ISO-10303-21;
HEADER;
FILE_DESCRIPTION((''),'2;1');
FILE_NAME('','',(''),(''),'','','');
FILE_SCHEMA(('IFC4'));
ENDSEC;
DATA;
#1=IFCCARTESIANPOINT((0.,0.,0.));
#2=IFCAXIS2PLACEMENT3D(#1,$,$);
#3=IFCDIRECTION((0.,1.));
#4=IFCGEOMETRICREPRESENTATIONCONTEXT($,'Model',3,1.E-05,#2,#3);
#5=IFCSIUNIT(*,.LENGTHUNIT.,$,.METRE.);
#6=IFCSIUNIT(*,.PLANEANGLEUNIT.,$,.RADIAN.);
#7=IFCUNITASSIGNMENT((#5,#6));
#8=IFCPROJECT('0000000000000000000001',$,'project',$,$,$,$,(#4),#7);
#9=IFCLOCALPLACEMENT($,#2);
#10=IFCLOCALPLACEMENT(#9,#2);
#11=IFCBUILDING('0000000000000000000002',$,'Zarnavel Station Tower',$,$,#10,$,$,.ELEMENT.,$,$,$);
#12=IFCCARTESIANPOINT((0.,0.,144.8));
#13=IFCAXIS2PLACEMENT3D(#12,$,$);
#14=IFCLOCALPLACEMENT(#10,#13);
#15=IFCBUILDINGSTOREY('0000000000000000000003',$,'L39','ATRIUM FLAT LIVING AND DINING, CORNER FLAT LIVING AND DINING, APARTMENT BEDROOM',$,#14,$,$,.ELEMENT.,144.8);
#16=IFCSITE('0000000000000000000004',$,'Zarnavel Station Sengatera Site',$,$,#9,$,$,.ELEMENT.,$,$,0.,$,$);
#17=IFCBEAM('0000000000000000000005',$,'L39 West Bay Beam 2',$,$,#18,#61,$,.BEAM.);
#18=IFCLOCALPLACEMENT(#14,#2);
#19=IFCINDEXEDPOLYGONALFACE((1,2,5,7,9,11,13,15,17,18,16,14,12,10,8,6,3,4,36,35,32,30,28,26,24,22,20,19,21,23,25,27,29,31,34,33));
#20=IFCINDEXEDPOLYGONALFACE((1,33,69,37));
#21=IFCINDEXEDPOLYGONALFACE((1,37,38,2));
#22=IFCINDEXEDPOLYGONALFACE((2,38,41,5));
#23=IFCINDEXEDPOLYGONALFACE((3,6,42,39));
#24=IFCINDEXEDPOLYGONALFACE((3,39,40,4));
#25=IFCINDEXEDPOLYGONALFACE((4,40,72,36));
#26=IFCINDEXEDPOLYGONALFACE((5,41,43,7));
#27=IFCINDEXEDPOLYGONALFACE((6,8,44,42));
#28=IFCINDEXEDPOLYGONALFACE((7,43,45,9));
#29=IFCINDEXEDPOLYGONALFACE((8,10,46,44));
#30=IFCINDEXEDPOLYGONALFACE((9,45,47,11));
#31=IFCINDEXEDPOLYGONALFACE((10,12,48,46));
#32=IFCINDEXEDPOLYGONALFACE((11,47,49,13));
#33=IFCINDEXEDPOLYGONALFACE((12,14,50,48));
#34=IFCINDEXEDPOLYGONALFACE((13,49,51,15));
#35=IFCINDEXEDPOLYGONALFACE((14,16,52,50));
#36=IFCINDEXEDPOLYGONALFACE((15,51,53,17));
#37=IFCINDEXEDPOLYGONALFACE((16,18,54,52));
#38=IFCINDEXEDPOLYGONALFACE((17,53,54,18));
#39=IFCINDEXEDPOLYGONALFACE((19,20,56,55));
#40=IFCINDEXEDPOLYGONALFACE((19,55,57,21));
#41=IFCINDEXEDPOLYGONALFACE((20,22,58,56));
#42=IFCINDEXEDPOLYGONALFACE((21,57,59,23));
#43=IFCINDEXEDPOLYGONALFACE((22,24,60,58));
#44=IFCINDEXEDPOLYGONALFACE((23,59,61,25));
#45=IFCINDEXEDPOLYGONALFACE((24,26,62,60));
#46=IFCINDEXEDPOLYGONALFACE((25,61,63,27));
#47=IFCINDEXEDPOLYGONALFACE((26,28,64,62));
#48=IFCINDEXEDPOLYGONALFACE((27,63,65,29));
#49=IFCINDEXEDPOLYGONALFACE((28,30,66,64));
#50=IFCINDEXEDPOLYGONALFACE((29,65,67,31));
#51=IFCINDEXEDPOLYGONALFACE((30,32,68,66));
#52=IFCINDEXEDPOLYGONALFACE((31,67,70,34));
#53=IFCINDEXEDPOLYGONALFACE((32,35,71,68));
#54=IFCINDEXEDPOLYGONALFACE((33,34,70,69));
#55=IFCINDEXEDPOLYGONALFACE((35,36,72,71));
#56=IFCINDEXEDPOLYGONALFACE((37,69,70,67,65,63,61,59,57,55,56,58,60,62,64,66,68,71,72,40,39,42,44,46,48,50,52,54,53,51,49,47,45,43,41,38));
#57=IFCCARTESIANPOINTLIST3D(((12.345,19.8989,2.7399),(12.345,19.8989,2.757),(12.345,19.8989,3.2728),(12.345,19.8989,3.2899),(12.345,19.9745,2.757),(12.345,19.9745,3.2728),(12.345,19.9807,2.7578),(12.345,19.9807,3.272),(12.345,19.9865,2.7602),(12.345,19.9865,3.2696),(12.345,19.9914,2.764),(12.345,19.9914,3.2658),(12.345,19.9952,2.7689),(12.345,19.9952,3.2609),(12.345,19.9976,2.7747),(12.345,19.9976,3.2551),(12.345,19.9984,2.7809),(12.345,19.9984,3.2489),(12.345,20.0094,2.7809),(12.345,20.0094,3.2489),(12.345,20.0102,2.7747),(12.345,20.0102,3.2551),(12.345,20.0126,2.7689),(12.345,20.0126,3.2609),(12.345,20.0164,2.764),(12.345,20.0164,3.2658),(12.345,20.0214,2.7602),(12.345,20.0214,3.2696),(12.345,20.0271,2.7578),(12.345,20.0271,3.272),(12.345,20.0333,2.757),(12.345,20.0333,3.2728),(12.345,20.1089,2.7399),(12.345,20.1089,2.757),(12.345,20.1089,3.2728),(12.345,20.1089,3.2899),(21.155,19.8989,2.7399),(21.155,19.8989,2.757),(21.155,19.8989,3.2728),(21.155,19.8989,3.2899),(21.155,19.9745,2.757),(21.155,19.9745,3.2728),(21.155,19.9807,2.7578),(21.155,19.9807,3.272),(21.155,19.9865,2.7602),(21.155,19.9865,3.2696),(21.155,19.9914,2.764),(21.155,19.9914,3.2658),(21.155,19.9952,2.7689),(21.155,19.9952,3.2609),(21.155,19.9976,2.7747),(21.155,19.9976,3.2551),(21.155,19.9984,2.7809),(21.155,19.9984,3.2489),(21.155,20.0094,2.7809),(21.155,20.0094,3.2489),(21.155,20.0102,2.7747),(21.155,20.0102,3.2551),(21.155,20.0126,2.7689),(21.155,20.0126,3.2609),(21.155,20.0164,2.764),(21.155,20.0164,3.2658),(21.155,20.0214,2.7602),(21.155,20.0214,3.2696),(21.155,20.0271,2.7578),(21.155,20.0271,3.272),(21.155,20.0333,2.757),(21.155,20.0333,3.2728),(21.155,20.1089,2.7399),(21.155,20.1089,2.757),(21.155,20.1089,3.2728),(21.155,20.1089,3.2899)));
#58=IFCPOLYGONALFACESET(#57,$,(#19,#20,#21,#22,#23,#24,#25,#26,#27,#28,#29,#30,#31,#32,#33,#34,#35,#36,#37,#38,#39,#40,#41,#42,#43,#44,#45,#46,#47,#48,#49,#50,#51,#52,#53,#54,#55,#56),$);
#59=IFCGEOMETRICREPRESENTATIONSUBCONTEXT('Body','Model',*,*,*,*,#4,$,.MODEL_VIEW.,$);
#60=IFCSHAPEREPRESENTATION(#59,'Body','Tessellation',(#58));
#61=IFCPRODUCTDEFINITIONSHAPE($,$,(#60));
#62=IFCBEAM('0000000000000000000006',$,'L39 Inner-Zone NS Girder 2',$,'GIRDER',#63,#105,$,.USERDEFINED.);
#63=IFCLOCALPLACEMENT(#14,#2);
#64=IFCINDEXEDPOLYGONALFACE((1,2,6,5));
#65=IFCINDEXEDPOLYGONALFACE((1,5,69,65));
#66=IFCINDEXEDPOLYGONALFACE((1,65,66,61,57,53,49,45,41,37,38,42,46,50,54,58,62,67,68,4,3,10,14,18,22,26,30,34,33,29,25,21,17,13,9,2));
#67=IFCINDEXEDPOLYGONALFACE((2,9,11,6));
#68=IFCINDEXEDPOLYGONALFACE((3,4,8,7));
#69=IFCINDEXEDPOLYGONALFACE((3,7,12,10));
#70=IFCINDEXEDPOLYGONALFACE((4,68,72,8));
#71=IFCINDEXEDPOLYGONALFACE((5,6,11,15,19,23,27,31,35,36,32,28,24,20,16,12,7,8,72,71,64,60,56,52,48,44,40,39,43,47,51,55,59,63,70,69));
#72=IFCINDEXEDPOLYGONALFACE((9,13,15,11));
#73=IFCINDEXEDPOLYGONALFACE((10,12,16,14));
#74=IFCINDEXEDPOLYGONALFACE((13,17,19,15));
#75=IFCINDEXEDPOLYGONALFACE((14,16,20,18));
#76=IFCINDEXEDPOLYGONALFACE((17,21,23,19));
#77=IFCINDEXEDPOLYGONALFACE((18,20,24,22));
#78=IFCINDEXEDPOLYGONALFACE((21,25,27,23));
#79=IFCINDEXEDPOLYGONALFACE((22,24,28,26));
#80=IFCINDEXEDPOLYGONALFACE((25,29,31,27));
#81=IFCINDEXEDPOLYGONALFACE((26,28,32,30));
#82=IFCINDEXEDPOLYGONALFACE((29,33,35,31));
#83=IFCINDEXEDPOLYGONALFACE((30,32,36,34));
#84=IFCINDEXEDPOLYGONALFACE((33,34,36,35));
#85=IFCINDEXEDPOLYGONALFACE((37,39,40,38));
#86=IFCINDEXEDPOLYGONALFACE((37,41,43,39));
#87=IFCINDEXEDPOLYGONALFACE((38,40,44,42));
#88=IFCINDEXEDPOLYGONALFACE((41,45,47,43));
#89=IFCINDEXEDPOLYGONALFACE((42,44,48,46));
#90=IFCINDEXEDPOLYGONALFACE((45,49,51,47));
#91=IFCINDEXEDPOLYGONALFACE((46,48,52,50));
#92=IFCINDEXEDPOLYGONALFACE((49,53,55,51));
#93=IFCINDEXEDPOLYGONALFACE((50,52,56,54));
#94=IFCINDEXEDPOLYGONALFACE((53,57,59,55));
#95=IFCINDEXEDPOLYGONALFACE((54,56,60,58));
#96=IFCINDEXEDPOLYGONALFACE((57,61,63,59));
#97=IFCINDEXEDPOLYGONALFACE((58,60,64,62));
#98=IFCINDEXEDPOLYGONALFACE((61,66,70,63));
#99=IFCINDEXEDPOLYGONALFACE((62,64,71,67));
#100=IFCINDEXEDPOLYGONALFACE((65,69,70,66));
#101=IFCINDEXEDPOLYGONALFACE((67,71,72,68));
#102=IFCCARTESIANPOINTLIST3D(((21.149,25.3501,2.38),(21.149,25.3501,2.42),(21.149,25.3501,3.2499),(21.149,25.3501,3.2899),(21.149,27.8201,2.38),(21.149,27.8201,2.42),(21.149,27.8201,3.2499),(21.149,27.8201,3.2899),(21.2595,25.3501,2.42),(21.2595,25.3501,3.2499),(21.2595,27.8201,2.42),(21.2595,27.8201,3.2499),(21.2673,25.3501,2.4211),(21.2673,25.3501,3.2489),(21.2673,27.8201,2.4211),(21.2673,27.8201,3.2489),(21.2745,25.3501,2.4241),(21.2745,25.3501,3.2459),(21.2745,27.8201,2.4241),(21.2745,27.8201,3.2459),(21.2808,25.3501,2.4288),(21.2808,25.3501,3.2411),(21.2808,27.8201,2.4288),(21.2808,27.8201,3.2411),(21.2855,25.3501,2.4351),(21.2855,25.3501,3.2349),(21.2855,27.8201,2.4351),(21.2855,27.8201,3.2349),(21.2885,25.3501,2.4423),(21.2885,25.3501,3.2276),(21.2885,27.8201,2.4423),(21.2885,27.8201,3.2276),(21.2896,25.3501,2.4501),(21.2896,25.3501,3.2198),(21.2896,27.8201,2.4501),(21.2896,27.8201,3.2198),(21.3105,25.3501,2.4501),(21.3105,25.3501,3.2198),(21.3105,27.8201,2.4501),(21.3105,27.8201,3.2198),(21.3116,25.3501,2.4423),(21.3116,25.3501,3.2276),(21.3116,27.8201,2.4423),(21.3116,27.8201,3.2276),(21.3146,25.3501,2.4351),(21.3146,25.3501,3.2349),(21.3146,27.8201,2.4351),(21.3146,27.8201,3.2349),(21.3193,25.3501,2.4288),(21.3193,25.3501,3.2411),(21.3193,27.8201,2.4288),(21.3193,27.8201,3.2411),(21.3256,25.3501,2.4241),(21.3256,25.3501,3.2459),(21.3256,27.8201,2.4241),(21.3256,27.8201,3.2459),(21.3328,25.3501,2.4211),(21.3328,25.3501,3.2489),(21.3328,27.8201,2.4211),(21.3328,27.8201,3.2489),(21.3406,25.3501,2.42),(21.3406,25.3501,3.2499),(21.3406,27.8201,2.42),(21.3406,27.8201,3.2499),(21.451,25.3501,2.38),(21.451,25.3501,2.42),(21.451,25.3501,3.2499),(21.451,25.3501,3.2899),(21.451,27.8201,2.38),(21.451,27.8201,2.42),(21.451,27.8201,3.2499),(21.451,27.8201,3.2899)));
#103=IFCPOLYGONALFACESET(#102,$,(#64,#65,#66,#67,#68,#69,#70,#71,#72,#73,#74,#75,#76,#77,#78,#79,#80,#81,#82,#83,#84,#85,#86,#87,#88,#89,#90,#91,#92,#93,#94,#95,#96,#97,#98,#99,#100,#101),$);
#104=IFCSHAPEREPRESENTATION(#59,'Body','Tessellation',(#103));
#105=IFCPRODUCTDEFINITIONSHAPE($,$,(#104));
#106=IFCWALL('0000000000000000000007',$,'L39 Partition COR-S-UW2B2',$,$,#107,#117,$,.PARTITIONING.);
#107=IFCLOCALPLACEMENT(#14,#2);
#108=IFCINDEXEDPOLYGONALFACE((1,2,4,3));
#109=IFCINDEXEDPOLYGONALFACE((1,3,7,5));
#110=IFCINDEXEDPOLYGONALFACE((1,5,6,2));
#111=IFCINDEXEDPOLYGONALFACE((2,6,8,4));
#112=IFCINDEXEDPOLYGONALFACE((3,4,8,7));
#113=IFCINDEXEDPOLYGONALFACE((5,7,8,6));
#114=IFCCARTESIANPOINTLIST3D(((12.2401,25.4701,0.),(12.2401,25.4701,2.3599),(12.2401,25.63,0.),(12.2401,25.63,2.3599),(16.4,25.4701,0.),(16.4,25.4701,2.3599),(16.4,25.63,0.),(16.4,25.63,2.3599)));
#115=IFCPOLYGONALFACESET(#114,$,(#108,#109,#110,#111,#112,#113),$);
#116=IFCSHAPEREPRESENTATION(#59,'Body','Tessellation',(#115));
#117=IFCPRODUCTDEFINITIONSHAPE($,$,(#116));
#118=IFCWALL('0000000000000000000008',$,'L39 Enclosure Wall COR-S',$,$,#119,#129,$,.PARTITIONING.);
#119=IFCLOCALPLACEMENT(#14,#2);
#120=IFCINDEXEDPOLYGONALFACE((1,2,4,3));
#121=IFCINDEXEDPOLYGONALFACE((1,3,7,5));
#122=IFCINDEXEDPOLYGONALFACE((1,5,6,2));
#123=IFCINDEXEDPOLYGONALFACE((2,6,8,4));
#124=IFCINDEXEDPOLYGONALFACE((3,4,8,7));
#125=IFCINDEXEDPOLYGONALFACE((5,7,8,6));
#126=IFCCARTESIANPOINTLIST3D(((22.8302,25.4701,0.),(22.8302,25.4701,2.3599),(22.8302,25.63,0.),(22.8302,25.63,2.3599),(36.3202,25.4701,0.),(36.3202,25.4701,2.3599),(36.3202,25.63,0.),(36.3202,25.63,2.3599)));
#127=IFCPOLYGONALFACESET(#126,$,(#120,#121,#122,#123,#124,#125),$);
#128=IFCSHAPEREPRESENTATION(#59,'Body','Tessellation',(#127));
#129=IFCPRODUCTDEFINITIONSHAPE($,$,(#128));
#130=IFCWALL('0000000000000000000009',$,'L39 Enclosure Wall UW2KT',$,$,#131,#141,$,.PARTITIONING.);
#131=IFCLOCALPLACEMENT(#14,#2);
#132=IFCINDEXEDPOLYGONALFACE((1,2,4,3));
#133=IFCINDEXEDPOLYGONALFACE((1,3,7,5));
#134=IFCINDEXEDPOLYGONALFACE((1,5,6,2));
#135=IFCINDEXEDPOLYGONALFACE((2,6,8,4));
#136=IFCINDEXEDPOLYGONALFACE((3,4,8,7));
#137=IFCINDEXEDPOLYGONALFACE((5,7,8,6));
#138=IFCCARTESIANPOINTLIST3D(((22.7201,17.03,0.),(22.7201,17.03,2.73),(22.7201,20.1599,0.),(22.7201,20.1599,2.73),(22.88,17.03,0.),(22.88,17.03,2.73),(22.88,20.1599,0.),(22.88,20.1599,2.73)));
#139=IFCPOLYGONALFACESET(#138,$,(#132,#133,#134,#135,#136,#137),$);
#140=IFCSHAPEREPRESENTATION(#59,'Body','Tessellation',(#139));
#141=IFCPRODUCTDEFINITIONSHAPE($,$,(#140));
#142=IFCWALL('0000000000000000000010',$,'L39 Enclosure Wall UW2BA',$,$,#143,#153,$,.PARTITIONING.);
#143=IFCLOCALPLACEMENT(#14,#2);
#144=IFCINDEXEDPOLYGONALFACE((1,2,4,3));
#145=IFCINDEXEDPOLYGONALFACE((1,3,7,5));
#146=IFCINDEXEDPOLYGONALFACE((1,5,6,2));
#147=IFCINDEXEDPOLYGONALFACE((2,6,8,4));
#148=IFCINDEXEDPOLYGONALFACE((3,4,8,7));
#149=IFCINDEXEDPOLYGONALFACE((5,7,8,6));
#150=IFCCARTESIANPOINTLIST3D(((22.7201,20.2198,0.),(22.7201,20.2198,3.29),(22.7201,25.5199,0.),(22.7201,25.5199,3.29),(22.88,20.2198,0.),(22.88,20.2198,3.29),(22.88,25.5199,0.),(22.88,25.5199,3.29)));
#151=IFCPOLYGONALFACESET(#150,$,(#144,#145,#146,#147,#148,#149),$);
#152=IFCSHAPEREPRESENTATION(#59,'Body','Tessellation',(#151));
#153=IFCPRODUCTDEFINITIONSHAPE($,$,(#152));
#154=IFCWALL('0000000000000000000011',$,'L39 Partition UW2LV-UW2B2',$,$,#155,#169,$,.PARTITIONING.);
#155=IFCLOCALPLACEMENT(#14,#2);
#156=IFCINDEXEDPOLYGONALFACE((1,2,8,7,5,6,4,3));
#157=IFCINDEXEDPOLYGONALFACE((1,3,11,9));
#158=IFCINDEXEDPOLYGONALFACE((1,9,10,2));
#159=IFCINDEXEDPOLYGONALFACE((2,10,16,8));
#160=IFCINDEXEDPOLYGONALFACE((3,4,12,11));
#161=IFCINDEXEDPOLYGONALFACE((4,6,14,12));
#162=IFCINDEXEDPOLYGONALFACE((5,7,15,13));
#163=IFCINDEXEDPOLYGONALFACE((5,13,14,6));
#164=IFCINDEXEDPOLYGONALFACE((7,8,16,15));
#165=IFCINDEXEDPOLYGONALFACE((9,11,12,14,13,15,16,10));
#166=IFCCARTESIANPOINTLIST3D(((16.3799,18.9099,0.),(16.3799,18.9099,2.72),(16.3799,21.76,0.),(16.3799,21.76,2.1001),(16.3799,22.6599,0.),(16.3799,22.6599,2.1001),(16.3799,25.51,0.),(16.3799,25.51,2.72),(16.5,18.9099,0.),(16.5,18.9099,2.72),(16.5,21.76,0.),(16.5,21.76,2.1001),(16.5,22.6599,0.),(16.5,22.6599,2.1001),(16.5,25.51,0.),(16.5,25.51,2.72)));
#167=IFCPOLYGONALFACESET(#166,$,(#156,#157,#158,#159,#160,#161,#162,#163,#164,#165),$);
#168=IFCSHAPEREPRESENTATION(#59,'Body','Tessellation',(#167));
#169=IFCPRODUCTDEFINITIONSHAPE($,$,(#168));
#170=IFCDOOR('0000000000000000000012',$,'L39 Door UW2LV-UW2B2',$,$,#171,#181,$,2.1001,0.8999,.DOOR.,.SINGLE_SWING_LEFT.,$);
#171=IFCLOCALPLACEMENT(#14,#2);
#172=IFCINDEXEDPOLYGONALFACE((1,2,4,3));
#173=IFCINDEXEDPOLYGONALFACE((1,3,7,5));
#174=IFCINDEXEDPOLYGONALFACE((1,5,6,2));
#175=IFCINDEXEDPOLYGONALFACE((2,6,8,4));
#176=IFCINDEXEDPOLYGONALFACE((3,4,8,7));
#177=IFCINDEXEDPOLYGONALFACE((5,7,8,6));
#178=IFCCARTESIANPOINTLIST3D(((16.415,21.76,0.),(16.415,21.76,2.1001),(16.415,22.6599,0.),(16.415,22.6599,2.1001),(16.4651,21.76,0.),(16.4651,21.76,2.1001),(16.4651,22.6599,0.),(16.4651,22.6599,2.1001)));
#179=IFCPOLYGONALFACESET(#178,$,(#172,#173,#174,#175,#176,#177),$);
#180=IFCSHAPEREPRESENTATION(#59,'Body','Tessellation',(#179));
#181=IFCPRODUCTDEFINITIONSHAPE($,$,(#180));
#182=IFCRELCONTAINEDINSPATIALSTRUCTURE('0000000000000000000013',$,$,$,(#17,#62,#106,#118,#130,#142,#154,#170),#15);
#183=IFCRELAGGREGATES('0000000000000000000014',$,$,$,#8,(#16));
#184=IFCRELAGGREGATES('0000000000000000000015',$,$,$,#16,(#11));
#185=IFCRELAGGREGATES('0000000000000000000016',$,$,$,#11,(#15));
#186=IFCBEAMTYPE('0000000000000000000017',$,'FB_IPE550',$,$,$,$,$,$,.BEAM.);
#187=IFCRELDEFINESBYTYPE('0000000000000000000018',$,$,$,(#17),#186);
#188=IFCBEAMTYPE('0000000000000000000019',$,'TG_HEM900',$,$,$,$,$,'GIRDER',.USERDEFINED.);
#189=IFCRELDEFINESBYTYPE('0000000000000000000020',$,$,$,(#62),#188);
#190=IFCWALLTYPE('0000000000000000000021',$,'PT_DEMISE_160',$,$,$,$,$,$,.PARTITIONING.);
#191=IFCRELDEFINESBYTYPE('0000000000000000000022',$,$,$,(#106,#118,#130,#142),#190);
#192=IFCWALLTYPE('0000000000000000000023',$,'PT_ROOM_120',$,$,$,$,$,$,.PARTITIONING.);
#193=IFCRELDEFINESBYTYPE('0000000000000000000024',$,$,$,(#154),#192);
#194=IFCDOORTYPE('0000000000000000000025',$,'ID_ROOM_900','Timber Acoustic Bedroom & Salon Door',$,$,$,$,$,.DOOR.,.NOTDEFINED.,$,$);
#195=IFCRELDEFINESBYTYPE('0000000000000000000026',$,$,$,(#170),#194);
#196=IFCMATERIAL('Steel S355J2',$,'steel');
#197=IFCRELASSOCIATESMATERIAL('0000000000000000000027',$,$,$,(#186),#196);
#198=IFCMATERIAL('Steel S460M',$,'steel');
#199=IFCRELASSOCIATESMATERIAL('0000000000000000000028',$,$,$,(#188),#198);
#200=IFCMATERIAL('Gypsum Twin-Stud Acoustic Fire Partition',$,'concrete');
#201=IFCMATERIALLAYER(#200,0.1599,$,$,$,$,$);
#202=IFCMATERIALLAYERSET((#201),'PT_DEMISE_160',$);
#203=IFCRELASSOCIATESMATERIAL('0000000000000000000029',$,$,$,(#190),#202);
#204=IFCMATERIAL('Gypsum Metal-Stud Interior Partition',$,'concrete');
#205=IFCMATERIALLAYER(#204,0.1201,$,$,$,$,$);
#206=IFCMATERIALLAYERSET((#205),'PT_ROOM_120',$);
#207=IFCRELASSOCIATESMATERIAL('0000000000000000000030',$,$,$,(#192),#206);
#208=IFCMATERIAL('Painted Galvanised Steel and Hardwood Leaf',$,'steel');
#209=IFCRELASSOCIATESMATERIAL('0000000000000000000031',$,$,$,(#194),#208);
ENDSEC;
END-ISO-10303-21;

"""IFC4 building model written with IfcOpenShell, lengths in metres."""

from ifc_helpers import new_model, si_unit, direction, frame, frame_2d, origin, origin_2d, place, context, subcontext, project, spatial, rectangle, i_section, extrude, material, layer, layer_set, material_profile, profile_set, type_object, element, fill, save


model = new_model("IFC4")

# Units and contexts
model_context = context("Model", 3, precision=1e-05, world=origin(), true_north=direction((0.0, 1.0)))
body_context = subcontext(model_context, "Body", "Model", "MODEL_VIEW")
ifc_project = project(units=[si_unit("LENGTHUNIT", "METRE"), si_unit("PLANEANGLEUNIT", "RADIAN")], contexts=[model_context])

# Site, building, storey
site_placement = place(None, origin())
site = spatial("IfcSite", under=ifc_project, at=site_placement, Name="Zarnavel Station Sengatera Site", CompositionType="ELEMENT", RefElevation=0.0)
building_placement = place(site_placement, origin())
building = spatial("IfcBuilding", under=site, at=building_placement, Name="Zarnavel Station Tower", CompositionType="ELEMENT")
storey_placement = place(building_placement, frame((0.0, 0.0, 144.8)))
storey = spatial("IfcBuildingStorey", under=building, at=storey_placement, Name="L39", Description="ATRIUM FLAT LIVING AND DINING, CORNER FLAT LIVING AND DINING, APARTMENT BEDROOM", CompositionType="ELEMENT", Elevation=144.8)

# Beams
ifc_material_1 = material(Name="Steel S355J2", Category="steel")
ifc_material_profile_1 = material_profile(ifc_material_1, i_section(OverallWidth=0.21, OverallDepth=0.55, WebThickness=0.011, FlangeThickness=0.0171, FilletRadius=0.0239, at=origin_2d()), Name="IPE550")
ifc_profile_set_1 = profile_set([ifc_material_profile_1], Name="Steel S355J2")
beam_type_1 = type_object("IfcBeamType", Name="FB_IPE550", PredefinedType="BEAM", material=ifc_profile_set_1)
beam_1_placement = place(storey_placement, frame((12.345, 20.0039, 3.0149), z_axis=(1.0, 0.0, 0.0), x_axis=(0.0, 1.0, 0.0)))
element("IfcBeam", 1, at=beam_1_placement, inside=storey, type_object=beam_type_1, Name="L39 West Bay Beam 2", PredefinedType="BEAM", context=body_context, shape_type="SweptSolid", body=[
    extrude(i_section(OverallWidth=0.21, OverallDepth=0.55, WebThickness=0.011, FlangeThickness=0.0171, FilletRadius=0.0239, at=origin_2d()), origin(), (0.0, 0.0, 1.0), 8.8101),
])
ifc_material_2 = material(Name="Steel S460M", Category="steel")
ifc_material_profile_2 = material_profile(ifc_material_2, i_section(OverallWidth=0.302, OverallDepth=0.9099, WebThickness=0.021, FlangeThickness=0.04, FilletRadius=0.03, at=origin_2d()), Name="HEM900")
ifc_profile_set_2 = profile_set([ifc_material_profile_2], Name="Steel S460M")
beam_type_2 = type_object("IfcBeamType", Name="TG_HEM900", ElementType="GIRDER", PredefinedType="USERDEFINED", material=ifc_profile_set_2)
beam_2_placement = place(storey_placement, frame((21.3, 25.3501, 2.835), z_axis=(0.0, 1.0, 0.0), x_axis=(-1.0, 0.0, 0.0)))
element("IfcBeam", 2, at=beam_2_placement, inside=storey, type_object=beam_type_2, Name="L39 Inner-Zone NS Girder 2", ObjectType="GIRDER", PredefinedType="USERDEFINED", context=body_context, shape_type="SweptSolid", body=[
    extrude(i_section(OverallWidth=0.302, OverallDepth=0.9099, WebThickness=0.021, FlangeThickness=0.04, FilletRadius=0.03, at=origin_2d()), origin(), (0.0, 0.0, 1.0), 2.47),
])

# Shared definitions
ifc_material_3 = material(Name="Gypsum Twin-Stud Acoustic Fire Partition", Category="concrete")
ifc_layer_1 = layer(ifc_material_3, 0.1599)
ifc_layer_set_1 = layer_set([ifc_layer_1], Name="PT_DEMISE_160")
wall_type_1 = type_object("IfcWallType", Name="PT_DEMISE_160", PredefinedType="PARTITIONING", material=ifc_layer_set_1)

# Walls
wall_1_placement = place(storey_placement, frame((12.24, 25.55, 0.0), z_axis=(0.0, 0.0, 1.0), x_axis=(1.0, 0.0, 0.0)))
element("IfcWall", 3, at=wall_1_placement, inside=storey, type_object=wall_type_1, Name="L39 Partition COR-S-UW2B2", PredefinedType="PARTITIONING", context=body_context, shape_type="SweptSolid", body=[
    extrude(rectangle(XDim=4.1599, YDim=0.1599, at=frame_2d((2.0801, 0.0))), origin(), (0.0, 0.0, 1.0), 2.3599),
])
wall_2_placement = place(storey_placement, frame((22.8301, 25.55, 0.0), z_axis=(0.0, 0.0, 1.0), x_axis=(1.0, 0.0, 0.0)))
element("IfcWall", 4, at=wall_2_placement, inside=storey, type_object=wall_type_1, Name="L39 Enclosure Wall COR-S", PredefinedType="PARTITIONING", context=body_context, shape_type="SweptSolid", body=[
    extrude(rectangle(XDim=13.49, YDim=0.1599, at=frame_2d((6.7451, 0.0))), origin(), (0.0, 0.0, 1.0), 2.3599),
])
wall_3_placement = place(storey_placement, frame((22.8, 17.03, 0.0), z_axis=(0.0, 0.0, 1.0), x_axis=(0.0, 1.0, 0.0)))
element("IfcWall", 5, at=wall_3_placement, inside=storey, type_object=wall_type_1, Name="L39 Enclosure Wall UW2KT", PredefinedType="PARTITIONING", context=body_context, shape_type="SweptSolid", body=[
    extrude(rectangle(XDim=3.1299, YDim=0.1599, at=frame_2d((1.5649, 0.0))), origin(), (0.0, 0.0, 1.0), 2.73),
])
wall_4_placement = place(storey_placement, frame((22.8, 20.22, 0.0), z_axis=(0.0, 0.0, 1.0), x_axis=(0.0, 1.0, 0.0)))
element("IfcWall", 6, at=wall_4_placement, inside=storey, type_object=wall_type_1, Name="L39 Enclosure Wall UW2BA", PredefinedType="PARTITIONING", context=body_context, shape_type="SweptSolid", body=[
    extrude(rectangle(XDim=5.3, YDim=0.1599, at=frame_2d((2.6499, 0.0))), origin(), (0.0, 0.0, 1.0), 3.29),
])

# Wall, opening, door
ifc_material_4 = material(Name="Gypsum Metal-Stud Interior Partition", Category="concrete")
ifc_layer_2 = layer(ifc_material_4, 0.1201)
ifc_layer_set_2 = layer_set([ifc_layer_2], Name="PT_ROOM_120")
wall_type_2 = type_object("IfcWallType", Name="PT_ROOM_120", PredefinedType="PARTITIONING", material=ifc_layer_set_2)
wall_5_placement = place(storey_placement, frame((16.4399, 18.9099, 0.0), z_axis=(0.0, 0.0, 1.0), x_axis=(0.0, 1.0, 0.0)))
wall_5 = element("IfcWall", 7, at=wall_5_placement, inside=storey, type_object=wall_type_2, Name="L39 Partition UW2LV-UW2B2", PredefinedType="PARTITIONING", context=body_context, shape_type="SweptSolid", body=[
    extrude(rectangle(XDim=6.6001, YDim=0.1201, at=frame_2d((3.3, 0.0))), origin(), (0.0, 0.0, 1.0), 2.72),
])
opening_1_placement = place(wall_5_placement, frame((2.8501, 0.0, 0.0)))
opening_1 = element("IfcOpeningElement", 8, at=opening_1_placement, cuts=wall_5, PredefinedType="OPENING", context=body_context, shape_type="SweptSolid", body=[
    extrude(rectangle(XDim=0.8999, YDim=2.1001, at=frame_2d((0.45, 1.05))), frame((0.0, 0.0701, 0.0), z_axis=(0.0, -1.0, 0.0), x_axis=(1.0, 0.0, 0.0)), (0.0, 0.0, 1.0), 0.1401),
])
ifc_material_5 = material(Name="Painted Galvanised Steel and Hardwood Leaf", Category="steel")
door_type_1 = type_object("IfcDoorType", Name="ID_ROOM_900", Description="Timber Acoustic Bedroom & Salon Door", OperationType="NOTDEFINED", PredefinedType="DOOR", material=ifc_material_5)
door_1_placement = place(opening_1_placement, origin())
door_1 = element("IfcDoor", 9, at=door_1_placement, inside=storey, type_object=door_type_1, Name="L39 Door UW2LV-UW2B2", OperationType="SINGLE_SWING_LEFT", OverallHeight=2.1001, OverallWidth=0.8999, PredefinedType="DOOR", context=body_context, shape_type="SweptSolid", body=[
    extrude(rectangle(XDim=0.8999, YDim=2.1001, at=frame_2d((0.45, 1.05))), frame((0.0, 0.0249, 0.0), z_axis=(0.0, -1.0, 0.0), x_axis=(1.0, 0.0, 0.0)), (0.0, 0.0, 1.0), 0.05),
])
fill(opening_1, door_1)

save(model, "model.ifc")
